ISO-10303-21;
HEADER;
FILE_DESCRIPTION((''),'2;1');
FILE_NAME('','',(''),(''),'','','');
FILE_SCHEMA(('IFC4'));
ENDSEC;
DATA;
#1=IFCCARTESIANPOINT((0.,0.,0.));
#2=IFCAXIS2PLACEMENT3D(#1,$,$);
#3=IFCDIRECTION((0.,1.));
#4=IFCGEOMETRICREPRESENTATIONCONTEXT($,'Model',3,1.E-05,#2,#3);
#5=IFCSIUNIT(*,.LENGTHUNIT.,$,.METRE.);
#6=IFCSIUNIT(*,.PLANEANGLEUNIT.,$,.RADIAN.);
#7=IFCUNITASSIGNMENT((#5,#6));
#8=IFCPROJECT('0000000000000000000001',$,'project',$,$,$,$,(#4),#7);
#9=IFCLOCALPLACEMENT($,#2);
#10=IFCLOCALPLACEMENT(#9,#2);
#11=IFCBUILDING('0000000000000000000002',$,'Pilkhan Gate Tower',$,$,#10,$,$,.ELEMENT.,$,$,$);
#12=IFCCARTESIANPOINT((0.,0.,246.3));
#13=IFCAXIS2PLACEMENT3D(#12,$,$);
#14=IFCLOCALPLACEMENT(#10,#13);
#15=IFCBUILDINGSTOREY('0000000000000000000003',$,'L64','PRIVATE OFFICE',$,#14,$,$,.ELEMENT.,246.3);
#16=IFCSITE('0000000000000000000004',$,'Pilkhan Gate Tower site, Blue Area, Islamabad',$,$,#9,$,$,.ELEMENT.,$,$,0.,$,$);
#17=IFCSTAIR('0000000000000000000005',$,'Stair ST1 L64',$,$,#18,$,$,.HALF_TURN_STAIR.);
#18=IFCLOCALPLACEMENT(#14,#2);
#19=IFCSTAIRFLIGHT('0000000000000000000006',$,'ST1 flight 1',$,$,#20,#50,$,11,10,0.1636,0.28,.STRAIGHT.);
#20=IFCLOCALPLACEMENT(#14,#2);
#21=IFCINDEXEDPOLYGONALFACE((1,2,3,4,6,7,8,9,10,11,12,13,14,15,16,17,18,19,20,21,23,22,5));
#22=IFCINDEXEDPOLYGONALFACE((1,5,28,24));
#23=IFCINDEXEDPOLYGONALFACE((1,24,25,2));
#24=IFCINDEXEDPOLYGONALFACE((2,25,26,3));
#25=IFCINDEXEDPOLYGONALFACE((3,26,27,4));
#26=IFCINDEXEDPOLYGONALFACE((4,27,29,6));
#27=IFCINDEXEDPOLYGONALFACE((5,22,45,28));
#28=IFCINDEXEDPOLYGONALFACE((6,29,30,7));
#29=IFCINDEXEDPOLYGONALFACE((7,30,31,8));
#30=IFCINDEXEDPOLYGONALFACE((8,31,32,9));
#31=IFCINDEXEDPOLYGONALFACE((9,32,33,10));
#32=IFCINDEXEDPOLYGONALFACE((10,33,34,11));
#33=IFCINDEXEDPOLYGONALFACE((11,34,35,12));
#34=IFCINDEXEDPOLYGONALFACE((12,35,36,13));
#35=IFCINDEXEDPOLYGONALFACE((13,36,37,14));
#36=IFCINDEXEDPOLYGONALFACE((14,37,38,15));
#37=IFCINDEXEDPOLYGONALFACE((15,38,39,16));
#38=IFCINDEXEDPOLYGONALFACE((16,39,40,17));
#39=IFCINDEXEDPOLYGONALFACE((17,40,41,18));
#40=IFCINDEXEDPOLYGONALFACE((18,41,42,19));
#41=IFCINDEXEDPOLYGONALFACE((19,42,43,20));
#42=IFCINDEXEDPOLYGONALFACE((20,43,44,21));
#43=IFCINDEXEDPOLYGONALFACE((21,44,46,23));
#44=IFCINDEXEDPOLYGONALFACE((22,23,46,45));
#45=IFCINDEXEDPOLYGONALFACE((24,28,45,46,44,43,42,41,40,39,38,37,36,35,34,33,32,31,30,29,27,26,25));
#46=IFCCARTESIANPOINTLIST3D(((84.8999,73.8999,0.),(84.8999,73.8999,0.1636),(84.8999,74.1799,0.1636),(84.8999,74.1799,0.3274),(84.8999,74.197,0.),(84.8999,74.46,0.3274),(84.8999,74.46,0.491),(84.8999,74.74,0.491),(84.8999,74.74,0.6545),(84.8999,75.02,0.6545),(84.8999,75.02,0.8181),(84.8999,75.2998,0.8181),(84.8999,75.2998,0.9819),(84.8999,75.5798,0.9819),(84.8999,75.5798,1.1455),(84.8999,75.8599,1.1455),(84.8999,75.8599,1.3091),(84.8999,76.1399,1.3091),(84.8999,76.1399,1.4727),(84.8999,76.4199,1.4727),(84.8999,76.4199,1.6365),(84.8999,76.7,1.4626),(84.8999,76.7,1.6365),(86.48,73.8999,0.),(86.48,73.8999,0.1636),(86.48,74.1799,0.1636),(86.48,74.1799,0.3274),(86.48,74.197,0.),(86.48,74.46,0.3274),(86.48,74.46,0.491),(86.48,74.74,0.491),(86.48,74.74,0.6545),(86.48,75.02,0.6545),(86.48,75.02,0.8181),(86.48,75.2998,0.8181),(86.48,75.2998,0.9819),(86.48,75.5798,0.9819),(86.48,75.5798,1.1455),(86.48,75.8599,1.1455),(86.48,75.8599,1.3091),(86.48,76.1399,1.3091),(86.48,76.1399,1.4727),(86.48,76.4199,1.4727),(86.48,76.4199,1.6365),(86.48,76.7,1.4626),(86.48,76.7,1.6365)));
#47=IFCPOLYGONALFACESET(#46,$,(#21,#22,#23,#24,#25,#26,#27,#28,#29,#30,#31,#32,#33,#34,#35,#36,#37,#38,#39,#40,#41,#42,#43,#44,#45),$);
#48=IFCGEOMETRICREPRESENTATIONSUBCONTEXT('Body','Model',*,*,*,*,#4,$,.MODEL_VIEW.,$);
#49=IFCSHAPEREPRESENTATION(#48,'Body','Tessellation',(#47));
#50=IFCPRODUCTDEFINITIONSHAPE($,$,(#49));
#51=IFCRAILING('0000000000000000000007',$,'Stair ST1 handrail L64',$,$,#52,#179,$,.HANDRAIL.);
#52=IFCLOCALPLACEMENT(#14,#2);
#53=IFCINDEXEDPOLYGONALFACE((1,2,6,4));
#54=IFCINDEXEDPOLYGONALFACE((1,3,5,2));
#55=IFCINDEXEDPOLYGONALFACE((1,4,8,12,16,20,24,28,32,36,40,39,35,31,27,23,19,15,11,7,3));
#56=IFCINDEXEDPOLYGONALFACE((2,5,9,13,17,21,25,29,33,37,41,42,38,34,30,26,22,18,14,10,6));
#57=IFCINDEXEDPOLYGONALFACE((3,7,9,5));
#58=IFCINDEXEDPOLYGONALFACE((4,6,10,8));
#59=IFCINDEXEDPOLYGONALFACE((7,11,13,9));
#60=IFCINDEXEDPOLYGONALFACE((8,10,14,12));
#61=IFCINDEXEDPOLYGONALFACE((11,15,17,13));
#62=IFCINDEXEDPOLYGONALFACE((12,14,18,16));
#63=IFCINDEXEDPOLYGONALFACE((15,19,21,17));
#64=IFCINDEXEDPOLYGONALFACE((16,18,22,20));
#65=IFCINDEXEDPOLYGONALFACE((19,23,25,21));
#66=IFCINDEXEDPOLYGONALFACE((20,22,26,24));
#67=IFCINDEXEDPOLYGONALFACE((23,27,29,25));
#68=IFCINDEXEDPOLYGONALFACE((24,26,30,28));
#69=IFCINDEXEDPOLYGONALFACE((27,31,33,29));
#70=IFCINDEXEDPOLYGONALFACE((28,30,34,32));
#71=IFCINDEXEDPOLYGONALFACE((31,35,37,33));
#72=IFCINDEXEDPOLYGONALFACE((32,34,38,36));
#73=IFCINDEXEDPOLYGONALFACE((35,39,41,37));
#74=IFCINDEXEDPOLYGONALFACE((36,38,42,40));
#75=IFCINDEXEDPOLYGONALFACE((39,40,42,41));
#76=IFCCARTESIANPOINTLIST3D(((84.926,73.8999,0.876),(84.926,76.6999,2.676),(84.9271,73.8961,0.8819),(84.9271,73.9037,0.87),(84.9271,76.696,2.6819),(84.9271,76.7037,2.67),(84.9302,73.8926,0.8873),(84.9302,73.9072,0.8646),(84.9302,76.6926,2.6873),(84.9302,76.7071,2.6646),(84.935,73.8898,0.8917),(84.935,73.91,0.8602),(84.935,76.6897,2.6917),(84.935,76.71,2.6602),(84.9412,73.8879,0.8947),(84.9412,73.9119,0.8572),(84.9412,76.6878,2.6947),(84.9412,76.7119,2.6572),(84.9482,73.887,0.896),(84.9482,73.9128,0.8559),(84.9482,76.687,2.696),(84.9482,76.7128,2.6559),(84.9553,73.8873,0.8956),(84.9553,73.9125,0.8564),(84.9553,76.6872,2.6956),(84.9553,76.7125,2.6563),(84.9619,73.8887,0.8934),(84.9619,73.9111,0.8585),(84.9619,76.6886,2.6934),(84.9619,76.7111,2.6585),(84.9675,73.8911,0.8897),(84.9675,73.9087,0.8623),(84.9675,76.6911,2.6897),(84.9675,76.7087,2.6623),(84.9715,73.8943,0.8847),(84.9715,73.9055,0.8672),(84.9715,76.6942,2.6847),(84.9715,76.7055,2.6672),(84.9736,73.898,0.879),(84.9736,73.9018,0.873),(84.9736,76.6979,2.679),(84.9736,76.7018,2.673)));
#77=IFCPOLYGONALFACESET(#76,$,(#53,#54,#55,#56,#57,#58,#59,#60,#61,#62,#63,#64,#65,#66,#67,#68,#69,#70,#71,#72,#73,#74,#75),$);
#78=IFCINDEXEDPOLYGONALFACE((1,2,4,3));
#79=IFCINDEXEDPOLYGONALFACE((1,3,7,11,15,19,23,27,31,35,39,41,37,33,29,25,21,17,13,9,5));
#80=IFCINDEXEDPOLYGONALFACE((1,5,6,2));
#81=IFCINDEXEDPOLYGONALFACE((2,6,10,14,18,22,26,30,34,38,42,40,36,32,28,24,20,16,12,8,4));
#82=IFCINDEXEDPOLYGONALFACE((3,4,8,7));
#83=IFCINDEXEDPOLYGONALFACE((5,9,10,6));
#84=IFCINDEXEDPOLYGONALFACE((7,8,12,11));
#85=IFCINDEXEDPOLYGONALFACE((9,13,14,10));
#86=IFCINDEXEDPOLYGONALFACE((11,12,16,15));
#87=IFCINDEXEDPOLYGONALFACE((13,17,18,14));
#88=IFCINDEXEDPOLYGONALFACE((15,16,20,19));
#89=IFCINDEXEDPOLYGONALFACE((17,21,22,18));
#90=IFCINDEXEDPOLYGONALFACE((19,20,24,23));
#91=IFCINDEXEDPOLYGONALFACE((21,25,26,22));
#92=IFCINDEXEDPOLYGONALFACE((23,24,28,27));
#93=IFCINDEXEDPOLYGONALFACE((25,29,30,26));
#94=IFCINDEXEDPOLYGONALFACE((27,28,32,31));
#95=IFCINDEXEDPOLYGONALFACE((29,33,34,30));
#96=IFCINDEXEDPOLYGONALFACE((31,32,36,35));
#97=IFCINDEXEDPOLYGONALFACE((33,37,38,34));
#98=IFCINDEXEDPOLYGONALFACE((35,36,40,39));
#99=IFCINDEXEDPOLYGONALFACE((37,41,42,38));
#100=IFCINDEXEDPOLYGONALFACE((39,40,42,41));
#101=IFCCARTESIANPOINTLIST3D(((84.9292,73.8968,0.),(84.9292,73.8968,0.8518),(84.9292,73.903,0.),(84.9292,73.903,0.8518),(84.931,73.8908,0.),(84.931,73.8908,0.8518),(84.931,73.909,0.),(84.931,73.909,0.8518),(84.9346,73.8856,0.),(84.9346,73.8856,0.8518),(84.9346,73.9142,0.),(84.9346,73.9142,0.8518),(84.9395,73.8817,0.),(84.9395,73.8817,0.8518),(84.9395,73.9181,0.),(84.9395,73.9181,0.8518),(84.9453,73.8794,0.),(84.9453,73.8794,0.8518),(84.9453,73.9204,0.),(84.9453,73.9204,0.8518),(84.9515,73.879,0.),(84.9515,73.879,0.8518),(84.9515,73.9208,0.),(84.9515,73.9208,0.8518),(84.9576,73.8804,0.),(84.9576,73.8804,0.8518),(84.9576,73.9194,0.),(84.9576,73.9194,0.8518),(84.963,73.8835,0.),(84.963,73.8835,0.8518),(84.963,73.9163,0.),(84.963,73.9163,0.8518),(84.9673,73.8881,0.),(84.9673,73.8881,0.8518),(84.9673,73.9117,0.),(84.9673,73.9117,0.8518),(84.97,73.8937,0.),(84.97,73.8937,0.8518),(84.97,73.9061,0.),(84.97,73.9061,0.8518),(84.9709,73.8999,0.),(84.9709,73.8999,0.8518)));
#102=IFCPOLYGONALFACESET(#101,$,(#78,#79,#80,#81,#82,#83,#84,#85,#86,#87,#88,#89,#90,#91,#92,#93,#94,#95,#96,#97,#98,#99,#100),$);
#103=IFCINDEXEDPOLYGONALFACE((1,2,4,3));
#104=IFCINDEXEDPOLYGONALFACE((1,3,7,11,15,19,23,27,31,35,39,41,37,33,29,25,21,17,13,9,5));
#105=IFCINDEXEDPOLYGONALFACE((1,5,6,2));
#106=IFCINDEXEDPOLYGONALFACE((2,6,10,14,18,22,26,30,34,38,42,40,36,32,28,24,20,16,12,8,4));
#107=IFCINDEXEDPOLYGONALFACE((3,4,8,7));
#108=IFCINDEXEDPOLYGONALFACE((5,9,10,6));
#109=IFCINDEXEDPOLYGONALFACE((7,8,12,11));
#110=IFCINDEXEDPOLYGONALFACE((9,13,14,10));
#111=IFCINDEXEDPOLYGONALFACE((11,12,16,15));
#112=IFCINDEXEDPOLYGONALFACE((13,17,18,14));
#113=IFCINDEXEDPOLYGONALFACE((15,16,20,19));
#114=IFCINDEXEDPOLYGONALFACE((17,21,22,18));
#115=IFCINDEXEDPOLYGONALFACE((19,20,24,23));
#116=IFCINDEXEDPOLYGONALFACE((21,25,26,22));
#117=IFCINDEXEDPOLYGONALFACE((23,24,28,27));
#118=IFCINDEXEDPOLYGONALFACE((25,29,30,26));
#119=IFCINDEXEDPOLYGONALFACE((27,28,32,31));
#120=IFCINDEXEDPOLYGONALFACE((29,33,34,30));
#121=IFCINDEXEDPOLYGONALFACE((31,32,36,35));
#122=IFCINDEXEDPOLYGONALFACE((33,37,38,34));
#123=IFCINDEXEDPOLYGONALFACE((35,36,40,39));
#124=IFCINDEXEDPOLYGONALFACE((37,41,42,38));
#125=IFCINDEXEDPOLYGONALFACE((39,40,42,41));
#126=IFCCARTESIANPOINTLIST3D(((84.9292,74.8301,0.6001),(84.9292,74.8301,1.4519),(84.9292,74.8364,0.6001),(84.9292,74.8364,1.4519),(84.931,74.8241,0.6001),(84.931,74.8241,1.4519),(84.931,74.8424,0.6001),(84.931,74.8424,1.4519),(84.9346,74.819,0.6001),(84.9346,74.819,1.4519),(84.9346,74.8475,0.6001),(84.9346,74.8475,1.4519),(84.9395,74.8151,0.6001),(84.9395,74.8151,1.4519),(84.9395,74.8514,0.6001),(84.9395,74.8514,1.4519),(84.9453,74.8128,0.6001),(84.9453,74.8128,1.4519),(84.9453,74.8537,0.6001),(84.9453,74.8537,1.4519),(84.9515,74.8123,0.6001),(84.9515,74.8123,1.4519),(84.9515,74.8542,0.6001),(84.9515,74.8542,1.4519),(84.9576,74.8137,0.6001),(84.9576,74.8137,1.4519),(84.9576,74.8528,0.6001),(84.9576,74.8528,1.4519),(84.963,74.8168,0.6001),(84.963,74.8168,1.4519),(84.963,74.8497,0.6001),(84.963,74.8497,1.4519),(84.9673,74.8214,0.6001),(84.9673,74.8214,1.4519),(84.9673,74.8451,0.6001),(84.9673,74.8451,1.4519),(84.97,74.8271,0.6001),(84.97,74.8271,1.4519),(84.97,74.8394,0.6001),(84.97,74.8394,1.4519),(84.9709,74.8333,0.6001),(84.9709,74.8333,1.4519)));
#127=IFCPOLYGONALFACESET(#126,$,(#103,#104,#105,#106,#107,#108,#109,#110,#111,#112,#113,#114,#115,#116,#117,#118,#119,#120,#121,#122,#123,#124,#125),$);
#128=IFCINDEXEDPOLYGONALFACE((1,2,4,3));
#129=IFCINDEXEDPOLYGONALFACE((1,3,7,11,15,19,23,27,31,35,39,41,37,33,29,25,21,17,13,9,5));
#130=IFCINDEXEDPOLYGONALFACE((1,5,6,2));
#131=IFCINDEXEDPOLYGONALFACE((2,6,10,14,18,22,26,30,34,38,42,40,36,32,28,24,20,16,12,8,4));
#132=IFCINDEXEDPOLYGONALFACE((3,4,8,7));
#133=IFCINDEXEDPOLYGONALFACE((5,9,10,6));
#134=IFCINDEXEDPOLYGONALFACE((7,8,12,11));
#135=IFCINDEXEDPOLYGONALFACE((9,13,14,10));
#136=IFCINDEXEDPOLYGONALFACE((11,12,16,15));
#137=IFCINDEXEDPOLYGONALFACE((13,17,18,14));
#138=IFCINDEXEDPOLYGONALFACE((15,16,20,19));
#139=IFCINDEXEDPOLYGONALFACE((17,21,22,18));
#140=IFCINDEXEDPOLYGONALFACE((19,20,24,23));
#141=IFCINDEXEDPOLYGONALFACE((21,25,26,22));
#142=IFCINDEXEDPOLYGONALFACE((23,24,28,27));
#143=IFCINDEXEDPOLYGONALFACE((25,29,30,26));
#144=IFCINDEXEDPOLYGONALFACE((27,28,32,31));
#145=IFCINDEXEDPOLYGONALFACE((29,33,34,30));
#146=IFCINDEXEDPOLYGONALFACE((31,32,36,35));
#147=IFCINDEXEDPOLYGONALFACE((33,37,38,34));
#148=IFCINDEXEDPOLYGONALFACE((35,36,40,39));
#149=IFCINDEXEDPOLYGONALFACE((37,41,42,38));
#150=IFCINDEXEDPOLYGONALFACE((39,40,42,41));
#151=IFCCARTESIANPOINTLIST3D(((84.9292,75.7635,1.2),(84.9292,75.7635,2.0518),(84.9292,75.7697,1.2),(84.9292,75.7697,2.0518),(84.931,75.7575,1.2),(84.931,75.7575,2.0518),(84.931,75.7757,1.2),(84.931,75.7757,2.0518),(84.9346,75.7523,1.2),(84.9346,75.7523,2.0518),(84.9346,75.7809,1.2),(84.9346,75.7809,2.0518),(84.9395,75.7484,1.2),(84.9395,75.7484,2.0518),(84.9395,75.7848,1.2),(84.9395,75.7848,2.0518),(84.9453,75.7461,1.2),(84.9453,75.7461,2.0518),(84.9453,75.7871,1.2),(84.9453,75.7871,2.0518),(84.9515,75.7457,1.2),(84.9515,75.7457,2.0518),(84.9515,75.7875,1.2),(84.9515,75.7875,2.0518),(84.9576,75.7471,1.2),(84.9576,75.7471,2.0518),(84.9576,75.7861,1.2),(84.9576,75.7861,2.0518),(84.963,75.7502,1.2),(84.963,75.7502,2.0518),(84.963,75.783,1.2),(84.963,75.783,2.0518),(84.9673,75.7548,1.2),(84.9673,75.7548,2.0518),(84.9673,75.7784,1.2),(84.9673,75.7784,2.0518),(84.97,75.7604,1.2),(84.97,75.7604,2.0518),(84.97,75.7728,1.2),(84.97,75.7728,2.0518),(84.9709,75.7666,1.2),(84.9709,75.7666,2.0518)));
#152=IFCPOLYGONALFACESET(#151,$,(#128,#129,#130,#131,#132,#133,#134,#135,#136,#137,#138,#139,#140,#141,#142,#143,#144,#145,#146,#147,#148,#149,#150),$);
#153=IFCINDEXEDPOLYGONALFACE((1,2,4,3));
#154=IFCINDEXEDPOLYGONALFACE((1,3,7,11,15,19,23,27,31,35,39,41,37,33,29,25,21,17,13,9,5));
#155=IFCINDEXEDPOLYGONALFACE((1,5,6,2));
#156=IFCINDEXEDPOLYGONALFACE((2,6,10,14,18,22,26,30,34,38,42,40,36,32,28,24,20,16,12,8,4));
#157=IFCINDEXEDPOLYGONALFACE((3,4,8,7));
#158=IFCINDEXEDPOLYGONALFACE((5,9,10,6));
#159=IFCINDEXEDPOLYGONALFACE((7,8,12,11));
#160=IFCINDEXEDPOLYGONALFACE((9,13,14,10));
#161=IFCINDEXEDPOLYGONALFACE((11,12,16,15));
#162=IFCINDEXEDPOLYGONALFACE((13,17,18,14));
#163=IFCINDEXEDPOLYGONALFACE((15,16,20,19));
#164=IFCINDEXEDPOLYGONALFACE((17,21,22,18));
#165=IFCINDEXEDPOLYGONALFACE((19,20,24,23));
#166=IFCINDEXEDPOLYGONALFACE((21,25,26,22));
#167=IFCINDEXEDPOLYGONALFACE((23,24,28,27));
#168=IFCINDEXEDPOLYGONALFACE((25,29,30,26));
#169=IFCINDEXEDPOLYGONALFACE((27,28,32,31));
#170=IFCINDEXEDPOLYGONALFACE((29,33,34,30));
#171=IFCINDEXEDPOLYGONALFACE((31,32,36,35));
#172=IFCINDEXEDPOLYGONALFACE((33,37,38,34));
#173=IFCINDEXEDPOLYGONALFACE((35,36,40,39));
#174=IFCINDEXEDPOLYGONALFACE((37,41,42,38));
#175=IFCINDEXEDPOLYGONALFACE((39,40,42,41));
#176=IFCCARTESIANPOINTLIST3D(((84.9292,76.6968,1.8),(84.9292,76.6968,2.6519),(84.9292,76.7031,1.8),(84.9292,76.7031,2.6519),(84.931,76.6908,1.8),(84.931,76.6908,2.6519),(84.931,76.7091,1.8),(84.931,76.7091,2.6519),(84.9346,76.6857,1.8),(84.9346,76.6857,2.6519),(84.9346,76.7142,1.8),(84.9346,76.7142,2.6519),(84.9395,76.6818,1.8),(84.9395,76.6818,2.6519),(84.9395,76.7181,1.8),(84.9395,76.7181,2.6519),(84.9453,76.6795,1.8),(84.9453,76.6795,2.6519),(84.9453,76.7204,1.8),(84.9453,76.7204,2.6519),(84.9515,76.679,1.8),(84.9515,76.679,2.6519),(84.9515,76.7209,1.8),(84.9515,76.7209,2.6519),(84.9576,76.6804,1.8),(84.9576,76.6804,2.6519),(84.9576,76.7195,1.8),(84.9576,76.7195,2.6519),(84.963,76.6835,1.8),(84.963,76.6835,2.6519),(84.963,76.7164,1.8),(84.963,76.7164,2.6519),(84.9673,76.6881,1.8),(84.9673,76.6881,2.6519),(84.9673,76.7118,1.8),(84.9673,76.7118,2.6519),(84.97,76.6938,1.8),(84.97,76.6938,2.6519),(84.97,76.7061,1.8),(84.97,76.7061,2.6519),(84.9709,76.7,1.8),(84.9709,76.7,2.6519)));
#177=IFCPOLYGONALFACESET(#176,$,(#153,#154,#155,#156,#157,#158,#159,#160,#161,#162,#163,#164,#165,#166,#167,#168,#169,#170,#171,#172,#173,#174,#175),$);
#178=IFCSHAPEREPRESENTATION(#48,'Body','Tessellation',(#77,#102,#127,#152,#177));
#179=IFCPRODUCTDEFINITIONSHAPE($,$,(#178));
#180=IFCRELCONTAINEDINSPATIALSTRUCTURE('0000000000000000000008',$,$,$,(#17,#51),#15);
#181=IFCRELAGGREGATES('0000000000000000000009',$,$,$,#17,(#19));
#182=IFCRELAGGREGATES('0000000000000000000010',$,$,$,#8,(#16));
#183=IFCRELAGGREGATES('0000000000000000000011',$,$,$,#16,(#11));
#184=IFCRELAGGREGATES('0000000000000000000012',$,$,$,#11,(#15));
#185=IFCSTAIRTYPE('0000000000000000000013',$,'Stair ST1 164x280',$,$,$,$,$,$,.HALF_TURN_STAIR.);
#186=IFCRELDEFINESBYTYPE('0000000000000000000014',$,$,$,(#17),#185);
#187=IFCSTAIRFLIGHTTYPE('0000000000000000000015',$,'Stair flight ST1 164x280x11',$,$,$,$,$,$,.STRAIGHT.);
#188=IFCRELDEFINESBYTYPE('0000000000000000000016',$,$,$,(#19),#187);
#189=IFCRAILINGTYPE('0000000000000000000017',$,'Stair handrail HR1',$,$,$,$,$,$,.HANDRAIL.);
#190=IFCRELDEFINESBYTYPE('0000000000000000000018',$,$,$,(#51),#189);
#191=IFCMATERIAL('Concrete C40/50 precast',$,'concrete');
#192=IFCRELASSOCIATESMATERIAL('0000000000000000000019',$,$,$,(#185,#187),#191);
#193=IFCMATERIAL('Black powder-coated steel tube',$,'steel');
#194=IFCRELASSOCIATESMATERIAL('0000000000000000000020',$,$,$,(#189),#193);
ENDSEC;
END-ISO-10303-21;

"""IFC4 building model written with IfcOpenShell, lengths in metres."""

from ifc_helpers import new_model, si_unit, direction, frame, origin, origin_2d, place, context, subcontext, project, spatial, polyline, circle, outline, extrude, material, type_object, element, aggregate, save


model = new_model("IFC4")

# Units and contexts
model_context = context("Model", 3, precision=1e-05, world=origin(), true_north=direction((0.0, 1.0)))
body_context = subcontext(model_context, "Body", "Model", "MODEL_VIEW")
ifc_project = project(units=[si_unit("LENGTHUNIT", "METRE"), si_unit("PLANEANGLEUNIT", "RADIAN")], contexts=[model_context])

# Site, building, storey
site_placement = place(None, origin())
site = spatial("IfcSite", under=ifc_project, at=site_placement, Name="Pilkhan Gate Tower site, Blue Area, Islamabad", CompositionType="ELEMENT", RefElevation=0.0)
building_placement = place(site_placement, origin())
building = spatial("IfcBuilding", under=site, at=building_placement, Name="Pilkhan Gate Tower", CompositionType="ELEMENT")
storey_placement = place(building_placement, frame((0.0, 0.0, 246.3)))
storey = spatial("IfcBuildingStorey", under=building, at=storey_placement, Name="L64", Description="PRIVATE OFFICE", CompositionType="ELEMENT", Elevation=246.3)

# Stair, stair flight
ifc_material_1 = material(Name="Concrete C40/50 precast", Category="concrete")
stair_type = type_object("IfcStairType", Name="Stair ST1 164x280", PredefinedType="HALF_TURN_STAIR", material=ifc_material_1)
stair_placement = place(storey_placement, origin())
stair = element("IfcStair", 1, at=stair_placement, inside=storey, type_object=stair_type, Name="Stair ST1 L64", PredefinedType="HALF_TURN_STAIR")
stair_flight_type = type_object("IfcStairFlightType", Name="Stair flight ST1 164x280x11", PredefinedType="STRAIGHT", material=ifc_material_1)
stair_flight_placement = place(storey_placement, frame((85.6899, 73.8999, 0.0), z_axis=(0.0, 0.0, 1.0), x_axis=(0.0, 1.0, 0.0)))
stair_flight = element("IfcStairFlight", 2, at=stair_flight_placement, type_object=stair_flight_type, Name="ST1 flight 1", NumberOfRisers=11, NumberOfTreads=10, PredefinedType="STRAIGHT", RiserHeight=0.1636, TreadLength=0.28, context=body_context, shape_type="SweptSolid", body=[
    extrude(outline(polyline([(0.0, 0.0), (0.0, 0.1636), (0.28, 0.1636), (0.28, 0.3274), (0.5601, 0.3274), (0.5601, 0.491), (0.8401, 0.491), (0.8401, 0.6545), (1.1201, 0.6545), (1.1201, 0.8181), (1.3999, 0.8181), (1.3999, 0.9819), (1.6799, 0.9819), (1.6799, 1.1455), (1.96, 1.1455), (1.96, 1.3091), (2.24, 1.3091), (2.24, 1.4727), (2.52, 1.4727), (2.52, 1.6365), (2.8, 1.6365), (2.8, 1.8), (2.8, 1.4626), (0.2971, 0.0), (0.0, 0.0)])), frame((0.0, 0.79, 0.0), z_axis=(0.0, -1.0, 0.0), x_axis=(1.0, 0.0, 0.0)), (0.0, 0.0, 1.0), 1.5801),
])
aggregate(stair, [stair_flight])

# Railing
ifc_material_2 = material(Name="Black powder-coated steel tube", Category="steel")
railing_type_1 = type_object("IfcRailingType", Name="Stair handrail HR1", PredefinedType="HANDRAIL", material=ifc_material_2)
railing_1_placement = place(storey_placement, frame((84.95, 73.8999, 0.0)))
element("IfcRailing", 3, at=railing_1_placement, inside=storey, type_object=railing_type_1, Name="Stair ST1 handrail L64", PredefinedType="HANDRAIL", context=body_context, shape_type="SweptSolid", body=[
    extrude(circle(Radius=0.0239, at=origin_2d()), frame((0.0, 0.0, 0.876), z_axis=(0.0, 0.841176, 0.540761), x_axis=(-1.0, 0.0, 0.0)), (0.0, 0.0, 1.0), 3.3286),
    extrude(circle(Radius=0.021, at=origin_2d()), origin(), (0.0, 0.0, 1.0), 0.8518),
    extrude(circle(Radius=0.021, at=origin_2d()), frame((0.0, 0.9333, 0.6001)), (0.0, 0.0, 1.0), 0.8518),
    extrude(circle(Radius=0.021, at=origin_2d()), frame((0.0, 1.8667, 1.2)), (0.0, 0.0, 1.0), 0.8518),
    extrude(circle(Radius=0.021, at=origin_2d()), frame((0.0, 2.8, 1.8)), (0.0, 0.0, 1.0), 0.8518),
])

save(model, "model.ifc")
